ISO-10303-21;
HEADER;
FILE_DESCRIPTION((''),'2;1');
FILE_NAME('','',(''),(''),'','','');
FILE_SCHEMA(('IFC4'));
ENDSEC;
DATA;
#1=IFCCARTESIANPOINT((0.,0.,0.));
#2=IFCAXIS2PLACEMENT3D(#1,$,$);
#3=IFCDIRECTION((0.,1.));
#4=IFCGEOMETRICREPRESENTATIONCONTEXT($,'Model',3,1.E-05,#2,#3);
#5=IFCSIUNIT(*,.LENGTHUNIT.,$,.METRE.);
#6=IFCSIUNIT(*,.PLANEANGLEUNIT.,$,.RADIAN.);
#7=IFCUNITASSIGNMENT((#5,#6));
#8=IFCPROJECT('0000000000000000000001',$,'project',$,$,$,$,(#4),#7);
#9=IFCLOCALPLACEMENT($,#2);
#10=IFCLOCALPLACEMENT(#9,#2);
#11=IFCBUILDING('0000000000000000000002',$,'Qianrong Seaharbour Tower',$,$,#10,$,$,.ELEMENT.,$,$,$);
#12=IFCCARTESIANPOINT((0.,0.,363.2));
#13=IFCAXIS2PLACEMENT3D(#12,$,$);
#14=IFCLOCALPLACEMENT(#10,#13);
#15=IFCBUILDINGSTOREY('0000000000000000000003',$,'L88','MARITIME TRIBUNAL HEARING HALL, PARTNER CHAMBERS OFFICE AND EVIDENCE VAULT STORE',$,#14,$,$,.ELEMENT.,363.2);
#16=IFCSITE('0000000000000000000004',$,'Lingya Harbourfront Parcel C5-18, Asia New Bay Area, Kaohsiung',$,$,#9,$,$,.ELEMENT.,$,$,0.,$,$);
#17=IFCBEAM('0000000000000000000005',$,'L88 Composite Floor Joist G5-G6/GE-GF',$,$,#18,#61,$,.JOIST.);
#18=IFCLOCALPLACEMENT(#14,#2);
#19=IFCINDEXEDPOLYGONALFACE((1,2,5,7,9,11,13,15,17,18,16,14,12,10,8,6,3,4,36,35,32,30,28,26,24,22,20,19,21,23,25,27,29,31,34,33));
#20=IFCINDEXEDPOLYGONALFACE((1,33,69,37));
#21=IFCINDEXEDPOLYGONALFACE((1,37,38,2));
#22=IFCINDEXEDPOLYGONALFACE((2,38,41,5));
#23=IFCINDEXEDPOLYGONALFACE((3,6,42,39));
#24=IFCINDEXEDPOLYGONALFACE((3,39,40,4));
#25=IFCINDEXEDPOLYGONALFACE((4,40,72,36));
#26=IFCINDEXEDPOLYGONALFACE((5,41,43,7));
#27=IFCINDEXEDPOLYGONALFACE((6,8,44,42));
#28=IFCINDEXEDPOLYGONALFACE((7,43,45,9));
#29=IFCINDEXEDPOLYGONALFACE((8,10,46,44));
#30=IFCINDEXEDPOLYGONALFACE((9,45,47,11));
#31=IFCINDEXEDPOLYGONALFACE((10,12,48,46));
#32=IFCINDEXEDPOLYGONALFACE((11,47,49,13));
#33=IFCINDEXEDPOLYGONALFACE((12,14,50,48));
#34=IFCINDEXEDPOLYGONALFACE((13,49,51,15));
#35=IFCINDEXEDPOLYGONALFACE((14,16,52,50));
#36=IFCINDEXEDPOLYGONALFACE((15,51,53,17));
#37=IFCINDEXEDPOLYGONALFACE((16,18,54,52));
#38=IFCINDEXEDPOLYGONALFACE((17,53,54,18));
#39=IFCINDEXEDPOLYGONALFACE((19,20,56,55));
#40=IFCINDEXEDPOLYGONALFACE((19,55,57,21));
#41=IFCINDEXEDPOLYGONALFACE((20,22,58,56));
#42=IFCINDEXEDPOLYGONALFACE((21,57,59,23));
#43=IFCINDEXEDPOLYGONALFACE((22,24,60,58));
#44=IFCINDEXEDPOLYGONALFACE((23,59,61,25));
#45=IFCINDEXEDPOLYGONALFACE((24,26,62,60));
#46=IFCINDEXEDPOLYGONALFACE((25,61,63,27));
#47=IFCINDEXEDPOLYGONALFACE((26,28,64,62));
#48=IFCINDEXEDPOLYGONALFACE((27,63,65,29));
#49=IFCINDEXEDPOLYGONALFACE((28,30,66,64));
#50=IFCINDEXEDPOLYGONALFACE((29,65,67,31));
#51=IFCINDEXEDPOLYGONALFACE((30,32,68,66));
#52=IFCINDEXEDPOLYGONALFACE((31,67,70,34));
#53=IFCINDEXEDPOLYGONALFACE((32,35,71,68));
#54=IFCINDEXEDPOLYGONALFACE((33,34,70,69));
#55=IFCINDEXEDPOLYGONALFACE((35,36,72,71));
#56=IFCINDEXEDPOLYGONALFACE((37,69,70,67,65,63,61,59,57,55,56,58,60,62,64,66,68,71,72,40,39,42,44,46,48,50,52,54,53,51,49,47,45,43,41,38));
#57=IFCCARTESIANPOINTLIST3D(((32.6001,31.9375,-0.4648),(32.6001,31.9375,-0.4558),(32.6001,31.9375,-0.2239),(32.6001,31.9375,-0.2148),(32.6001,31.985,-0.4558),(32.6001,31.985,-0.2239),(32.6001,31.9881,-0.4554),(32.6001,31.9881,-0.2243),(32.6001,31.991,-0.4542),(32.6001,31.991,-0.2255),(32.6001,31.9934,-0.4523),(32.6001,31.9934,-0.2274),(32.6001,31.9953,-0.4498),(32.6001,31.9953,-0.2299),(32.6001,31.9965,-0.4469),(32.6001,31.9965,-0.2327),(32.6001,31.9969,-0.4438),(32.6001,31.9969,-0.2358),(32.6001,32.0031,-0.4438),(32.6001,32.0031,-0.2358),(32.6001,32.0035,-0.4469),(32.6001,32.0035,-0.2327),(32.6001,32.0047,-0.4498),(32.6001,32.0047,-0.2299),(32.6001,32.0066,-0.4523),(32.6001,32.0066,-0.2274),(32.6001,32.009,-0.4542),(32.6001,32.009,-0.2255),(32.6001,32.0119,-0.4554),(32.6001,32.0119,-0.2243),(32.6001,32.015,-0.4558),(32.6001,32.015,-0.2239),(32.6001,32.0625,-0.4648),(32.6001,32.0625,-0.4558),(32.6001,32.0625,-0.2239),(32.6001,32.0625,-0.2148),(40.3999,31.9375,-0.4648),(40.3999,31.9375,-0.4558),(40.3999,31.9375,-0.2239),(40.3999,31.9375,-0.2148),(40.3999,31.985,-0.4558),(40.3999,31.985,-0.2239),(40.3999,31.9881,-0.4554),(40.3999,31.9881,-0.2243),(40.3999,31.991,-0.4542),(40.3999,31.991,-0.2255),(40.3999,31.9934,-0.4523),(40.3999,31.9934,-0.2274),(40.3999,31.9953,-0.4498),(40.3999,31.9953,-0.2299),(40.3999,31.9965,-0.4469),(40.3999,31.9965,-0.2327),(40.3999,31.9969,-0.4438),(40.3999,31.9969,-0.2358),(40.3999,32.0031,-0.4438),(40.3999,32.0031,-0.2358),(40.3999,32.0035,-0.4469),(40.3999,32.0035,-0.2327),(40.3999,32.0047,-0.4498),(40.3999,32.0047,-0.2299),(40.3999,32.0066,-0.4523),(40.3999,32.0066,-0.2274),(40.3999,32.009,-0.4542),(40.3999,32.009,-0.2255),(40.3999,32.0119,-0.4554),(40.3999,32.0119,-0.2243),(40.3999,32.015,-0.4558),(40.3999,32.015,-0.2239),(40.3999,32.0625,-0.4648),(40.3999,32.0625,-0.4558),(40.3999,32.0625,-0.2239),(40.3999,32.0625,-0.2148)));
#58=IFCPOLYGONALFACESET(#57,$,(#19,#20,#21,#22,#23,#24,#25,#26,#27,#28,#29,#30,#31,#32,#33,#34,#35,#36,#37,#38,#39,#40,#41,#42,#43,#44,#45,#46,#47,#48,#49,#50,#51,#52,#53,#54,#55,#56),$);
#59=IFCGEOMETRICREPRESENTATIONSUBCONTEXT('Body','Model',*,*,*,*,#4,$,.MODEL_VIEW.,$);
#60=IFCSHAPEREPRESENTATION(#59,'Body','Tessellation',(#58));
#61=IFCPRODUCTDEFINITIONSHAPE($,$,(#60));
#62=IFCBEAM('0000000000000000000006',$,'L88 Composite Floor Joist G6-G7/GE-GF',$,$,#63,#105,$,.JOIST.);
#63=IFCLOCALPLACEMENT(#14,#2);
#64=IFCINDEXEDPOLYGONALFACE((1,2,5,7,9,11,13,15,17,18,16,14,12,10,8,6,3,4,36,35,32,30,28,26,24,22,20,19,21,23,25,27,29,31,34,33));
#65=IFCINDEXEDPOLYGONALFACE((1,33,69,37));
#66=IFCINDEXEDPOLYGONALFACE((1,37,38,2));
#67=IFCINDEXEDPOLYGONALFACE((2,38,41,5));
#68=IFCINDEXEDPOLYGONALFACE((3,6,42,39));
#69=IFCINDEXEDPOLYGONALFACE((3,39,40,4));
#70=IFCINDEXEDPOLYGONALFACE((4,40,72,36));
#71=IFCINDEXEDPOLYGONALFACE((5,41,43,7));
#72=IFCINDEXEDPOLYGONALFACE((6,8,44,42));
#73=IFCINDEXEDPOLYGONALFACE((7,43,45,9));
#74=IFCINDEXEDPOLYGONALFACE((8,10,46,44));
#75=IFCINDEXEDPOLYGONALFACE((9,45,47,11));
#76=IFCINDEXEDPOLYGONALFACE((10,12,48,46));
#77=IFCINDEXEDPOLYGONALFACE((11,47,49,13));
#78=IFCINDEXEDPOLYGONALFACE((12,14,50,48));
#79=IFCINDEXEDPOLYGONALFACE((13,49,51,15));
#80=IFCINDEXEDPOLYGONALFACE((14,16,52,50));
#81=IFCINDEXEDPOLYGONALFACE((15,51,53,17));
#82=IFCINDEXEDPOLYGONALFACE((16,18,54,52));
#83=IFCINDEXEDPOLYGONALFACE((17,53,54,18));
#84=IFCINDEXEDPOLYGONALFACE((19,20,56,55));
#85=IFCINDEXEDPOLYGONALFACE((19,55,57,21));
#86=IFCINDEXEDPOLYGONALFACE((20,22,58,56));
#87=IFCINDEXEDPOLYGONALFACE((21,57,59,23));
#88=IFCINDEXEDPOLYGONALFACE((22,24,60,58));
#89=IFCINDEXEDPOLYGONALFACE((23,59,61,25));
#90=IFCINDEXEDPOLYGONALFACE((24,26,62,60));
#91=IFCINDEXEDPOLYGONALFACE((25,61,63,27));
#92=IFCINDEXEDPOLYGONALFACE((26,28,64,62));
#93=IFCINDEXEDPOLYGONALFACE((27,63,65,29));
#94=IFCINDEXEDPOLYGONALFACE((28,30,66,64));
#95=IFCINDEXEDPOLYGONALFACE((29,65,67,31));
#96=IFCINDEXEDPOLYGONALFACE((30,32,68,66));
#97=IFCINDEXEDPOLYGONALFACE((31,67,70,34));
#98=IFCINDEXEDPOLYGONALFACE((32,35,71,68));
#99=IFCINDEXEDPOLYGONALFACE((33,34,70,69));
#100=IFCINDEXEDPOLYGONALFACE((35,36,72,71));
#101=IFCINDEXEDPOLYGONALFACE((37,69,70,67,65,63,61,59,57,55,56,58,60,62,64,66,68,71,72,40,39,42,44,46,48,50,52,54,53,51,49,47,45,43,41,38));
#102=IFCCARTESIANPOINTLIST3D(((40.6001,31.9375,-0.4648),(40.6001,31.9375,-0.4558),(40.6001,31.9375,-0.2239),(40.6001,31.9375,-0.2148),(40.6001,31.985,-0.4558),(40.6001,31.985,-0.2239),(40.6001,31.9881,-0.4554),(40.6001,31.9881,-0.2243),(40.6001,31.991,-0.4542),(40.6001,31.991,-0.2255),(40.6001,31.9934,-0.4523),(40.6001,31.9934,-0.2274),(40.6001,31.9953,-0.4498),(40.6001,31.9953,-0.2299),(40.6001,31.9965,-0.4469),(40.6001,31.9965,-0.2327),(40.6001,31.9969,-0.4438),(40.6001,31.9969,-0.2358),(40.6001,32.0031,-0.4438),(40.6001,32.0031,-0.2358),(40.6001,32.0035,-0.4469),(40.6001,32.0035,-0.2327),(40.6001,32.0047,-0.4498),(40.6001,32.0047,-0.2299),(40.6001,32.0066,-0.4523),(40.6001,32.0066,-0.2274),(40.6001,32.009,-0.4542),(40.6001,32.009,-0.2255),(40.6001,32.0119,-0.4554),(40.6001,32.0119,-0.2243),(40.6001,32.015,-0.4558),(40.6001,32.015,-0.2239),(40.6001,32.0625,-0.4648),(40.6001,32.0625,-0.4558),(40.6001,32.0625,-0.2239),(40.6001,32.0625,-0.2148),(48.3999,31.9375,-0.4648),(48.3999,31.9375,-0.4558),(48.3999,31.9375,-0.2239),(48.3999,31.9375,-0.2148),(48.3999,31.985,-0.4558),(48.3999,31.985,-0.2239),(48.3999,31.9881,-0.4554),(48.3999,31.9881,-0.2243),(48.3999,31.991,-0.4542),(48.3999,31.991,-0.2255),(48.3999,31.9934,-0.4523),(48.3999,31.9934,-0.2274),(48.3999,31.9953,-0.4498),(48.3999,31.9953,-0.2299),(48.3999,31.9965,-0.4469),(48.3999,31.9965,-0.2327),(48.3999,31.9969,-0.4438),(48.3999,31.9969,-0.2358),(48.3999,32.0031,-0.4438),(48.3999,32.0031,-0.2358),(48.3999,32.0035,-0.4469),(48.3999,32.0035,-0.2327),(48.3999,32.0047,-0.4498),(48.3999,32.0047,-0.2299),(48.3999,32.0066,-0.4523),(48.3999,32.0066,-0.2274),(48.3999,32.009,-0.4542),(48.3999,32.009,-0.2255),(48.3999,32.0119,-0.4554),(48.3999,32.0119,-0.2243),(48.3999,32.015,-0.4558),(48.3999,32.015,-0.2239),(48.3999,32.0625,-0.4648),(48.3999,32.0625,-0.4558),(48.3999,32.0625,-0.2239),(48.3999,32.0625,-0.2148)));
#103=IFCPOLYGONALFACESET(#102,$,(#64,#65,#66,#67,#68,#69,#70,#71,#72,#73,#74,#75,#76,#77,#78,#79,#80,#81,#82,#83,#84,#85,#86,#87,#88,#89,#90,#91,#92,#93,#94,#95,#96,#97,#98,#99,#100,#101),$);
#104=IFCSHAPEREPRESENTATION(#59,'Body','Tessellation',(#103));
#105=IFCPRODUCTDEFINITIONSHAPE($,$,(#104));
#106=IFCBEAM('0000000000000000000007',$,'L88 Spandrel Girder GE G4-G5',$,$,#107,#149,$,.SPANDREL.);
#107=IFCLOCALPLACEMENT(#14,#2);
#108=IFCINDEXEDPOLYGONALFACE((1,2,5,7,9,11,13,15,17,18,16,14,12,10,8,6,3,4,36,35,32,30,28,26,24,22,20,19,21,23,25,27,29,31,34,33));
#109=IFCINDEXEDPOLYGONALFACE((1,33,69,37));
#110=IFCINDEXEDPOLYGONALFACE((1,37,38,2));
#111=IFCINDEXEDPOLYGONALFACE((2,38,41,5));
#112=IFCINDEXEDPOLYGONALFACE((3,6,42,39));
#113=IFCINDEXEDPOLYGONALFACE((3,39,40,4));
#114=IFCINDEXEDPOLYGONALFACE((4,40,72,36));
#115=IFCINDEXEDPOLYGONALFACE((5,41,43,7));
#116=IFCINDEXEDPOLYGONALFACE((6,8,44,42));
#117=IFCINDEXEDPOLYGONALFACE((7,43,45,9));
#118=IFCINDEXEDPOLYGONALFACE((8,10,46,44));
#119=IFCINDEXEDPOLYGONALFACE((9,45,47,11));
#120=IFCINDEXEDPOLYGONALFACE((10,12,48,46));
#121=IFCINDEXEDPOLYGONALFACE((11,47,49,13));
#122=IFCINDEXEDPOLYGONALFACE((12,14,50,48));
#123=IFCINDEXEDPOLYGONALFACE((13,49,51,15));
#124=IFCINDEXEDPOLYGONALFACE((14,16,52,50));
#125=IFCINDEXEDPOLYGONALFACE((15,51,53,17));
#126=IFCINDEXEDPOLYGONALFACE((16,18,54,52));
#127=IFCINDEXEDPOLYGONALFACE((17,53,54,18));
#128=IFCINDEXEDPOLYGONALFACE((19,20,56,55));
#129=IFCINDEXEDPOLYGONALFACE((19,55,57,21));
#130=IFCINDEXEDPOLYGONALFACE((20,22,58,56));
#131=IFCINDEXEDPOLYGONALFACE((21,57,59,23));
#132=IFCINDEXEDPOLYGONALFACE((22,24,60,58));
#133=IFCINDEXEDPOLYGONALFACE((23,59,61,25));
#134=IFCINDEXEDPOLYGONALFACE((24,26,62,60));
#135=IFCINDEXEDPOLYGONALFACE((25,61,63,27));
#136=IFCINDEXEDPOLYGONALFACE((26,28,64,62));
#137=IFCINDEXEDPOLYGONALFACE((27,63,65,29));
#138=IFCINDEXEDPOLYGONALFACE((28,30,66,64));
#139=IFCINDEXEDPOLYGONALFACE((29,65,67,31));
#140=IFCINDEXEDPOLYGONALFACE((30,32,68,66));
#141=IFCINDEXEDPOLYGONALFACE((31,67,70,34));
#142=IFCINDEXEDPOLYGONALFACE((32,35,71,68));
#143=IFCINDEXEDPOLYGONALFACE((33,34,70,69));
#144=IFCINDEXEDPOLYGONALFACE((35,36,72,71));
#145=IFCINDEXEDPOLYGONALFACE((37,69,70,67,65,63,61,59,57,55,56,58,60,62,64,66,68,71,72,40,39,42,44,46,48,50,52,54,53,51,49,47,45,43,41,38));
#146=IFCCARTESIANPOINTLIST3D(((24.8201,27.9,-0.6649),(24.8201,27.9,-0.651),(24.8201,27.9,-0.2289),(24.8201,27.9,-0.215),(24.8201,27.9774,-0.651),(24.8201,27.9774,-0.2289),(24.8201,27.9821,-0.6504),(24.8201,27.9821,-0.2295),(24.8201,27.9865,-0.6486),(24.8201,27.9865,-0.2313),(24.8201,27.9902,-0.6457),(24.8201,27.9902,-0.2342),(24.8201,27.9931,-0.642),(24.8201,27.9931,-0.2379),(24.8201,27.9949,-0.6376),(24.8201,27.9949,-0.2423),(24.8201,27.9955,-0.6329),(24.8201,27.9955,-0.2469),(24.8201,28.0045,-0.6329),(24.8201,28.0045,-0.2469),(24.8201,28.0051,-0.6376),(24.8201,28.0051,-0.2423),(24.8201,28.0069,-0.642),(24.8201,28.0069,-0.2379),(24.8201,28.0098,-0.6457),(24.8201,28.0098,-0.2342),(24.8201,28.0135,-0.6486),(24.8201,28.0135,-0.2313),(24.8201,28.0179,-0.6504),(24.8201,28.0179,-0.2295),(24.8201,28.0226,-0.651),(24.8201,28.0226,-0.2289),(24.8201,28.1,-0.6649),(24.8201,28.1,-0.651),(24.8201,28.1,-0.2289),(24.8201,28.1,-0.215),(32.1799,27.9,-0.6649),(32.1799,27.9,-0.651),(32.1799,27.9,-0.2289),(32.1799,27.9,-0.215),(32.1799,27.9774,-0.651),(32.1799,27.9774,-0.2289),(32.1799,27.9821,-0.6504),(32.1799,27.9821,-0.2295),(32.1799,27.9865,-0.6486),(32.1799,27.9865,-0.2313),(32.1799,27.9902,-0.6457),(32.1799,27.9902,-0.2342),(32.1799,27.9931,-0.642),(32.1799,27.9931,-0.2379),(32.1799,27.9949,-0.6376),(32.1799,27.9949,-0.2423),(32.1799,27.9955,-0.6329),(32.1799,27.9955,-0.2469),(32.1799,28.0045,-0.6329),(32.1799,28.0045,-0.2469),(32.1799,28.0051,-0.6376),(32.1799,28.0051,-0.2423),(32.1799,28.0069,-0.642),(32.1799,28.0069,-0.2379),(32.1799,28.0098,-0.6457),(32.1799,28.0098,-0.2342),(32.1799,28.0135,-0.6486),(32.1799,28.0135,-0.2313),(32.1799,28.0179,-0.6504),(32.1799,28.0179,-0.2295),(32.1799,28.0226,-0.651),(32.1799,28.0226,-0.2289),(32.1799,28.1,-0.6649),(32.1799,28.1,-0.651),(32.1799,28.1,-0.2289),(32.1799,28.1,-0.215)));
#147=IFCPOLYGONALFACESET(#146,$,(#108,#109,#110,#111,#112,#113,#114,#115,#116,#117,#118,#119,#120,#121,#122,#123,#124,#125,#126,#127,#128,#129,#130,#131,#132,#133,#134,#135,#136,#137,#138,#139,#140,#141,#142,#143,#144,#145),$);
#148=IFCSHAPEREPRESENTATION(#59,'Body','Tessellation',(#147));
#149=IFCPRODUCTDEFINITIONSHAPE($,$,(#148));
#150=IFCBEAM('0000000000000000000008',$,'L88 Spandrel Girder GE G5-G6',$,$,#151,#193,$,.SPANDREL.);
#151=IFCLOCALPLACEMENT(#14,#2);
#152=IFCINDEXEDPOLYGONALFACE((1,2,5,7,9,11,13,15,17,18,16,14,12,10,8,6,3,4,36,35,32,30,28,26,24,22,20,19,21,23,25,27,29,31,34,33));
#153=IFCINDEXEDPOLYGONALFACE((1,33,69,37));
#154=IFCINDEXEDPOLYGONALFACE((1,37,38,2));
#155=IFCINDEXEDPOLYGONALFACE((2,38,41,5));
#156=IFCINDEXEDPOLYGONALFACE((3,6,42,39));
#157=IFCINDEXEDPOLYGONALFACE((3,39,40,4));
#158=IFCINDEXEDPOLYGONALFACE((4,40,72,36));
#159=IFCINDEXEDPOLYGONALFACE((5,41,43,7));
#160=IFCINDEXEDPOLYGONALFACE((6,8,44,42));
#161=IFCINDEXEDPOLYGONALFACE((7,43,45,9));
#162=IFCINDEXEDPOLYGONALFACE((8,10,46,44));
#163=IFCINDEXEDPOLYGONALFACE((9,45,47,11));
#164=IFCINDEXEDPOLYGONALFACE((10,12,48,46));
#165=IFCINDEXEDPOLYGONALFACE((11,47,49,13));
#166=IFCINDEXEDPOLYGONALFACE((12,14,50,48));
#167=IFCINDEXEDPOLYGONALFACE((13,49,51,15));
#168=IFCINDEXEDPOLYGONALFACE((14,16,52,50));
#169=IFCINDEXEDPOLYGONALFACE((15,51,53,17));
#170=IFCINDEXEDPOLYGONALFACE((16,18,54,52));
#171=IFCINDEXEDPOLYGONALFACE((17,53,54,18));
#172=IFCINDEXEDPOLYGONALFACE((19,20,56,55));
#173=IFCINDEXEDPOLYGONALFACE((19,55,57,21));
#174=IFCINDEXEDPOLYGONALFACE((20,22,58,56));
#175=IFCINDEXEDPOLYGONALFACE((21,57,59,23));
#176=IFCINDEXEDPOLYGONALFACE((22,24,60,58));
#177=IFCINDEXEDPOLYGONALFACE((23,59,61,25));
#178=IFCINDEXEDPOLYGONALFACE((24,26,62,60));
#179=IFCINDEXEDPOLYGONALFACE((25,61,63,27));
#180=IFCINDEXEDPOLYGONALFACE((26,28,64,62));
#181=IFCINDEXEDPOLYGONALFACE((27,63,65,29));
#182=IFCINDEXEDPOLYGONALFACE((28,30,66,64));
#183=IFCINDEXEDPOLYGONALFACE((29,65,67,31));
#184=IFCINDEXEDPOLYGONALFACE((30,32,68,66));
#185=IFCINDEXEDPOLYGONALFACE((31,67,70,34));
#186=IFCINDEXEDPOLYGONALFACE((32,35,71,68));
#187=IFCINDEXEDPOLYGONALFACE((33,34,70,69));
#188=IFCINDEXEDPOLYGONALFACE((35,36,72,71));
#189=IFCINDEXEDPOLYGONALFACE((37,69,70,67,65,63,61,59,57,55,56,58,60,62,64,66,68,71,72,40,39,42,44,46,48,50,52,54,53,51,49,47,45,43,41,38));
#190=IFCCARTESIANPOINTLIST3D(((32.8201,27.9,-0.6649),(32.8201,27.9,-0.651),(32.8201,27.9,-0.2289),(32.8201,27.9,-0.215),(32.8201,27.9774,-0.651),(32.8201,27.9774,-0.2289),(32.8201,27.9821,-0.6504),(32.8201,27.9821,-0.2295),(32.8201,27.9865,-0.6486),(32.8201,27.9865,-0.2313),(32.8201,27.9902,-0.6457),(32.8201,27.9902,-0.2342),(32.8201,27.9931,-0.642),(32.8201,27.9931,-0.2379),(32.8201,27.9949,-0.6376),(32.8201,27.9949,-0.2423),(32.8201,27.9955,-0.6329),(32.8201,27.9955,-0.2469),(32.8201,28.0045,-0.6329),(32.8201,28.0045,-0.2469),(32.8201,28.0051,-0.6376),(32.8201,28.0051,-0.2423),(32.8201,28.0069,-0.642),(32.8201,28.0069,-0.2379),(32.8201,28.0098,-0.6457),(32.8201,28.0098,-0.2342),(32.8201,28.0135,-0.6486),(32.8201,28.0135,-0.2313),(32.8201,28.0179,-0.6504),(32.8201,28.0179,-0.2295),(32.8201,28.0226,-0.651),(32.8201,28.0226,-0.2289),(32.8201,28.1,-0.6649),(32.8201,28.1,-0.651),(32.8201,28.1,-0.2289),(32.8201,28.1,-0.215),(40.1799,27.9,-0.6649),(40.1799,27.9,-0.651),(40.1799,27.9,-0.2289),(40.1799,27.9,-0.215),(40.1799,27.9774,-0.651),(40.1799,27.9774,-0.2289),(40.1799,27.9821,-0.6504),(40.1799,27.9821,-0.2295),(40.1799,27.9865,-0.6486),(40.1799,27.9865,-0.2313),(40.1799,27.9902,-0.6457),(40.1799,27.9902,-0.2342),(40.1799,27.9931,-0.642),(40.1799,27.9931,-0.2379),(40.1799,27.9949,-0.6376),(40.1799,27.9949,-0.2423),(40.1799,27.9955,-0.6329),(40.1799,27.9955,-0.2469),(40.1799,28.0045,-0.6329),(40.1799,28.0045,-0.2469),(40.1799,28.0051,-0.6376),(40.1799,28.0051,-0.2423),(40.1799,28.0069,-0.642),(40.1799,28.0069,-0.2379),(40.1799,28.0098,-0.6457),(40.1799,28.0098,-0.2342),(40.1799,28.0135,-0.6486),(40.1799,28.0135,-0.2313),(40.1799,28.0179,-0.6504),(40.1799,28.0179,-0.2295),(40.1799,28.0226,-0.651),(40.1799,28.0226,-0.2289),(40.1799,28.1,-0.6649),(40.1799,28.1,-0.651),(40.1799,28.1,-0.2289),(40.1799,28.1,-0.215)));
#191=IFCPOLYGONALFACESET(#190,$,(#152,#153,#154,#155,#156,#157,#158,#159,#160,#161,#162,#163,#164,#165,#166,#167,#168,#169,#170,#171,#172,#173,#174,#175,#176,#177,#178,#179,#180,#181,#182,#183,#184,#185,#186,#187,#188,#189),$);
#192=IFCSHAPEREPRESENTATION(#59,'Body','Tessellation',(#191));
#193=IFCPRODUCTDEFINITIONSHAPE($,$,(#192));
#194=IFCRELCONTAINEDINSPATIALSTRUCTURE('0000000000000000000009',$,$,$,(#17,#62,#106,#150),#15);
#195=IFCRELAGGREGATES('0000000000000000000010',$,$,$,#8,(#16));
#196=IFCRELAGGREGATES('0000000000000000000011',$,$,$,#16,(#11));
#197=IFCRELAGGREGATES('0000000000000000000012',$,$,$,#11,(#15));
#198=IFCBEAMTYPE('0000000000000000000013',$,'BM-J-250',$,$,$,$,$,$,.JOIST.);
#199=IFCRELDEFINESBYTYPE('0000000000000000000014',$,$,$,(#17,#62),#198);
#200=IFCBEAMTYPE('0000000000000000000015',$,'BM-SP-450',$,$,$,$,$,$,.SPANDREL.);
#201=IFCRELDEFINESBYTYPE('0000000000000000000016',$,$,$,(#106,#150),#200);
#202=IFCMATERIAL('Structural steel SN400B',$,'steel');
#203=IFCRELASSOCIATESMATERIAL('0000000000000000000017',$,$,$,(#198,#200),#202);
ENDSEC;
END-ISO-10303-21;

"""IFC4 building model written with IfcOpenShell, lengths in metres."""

from ifc_helpers import new_model, si_unit, direction, frame, origin, origin_2d, place, context, subcontext, project, spatial, i_section, extrude, material, material_profile, profile_set, type_object, element, save


model = new_model("IFC4")

# Units and contexts
model_context = context("Model", 3, precision=1e-05, world=origin(), true_north=direction((0.0, 1.0)))
body_context = subcontext(model_context, "Body", "Model", "MODEL_VIEW")
ifc_project = project(units=[si_unit("LENGTHUNIT", "METRE"), si_unit("PLANEANGLEUNIT", "RADIAN")], contexts=[model_context])

# Site, building, storey
site_placement = place(None, origin())
site = spatial("IfcSite", under=ifc_project, at=site_placement, Name="Lingya Harbourfront Parcel C5-18, Asia New Bay Area, Kaohsiung", CompositionType="ELEMENT", RefElevation=0.0)
building_placement = place(site_placement, origin())
building = spatial("IfcBuilding", under=site, at=building_placement, Name="Qianrong Seaharbour Tower", CompositionType="ELEMENT")
storey_placement = place(building_placement, frame((0.0, 0.0, 363.2)))
storey = spatial("IfcBuildingStorey", under=building, at=storey_placement, Name="L88", Description="MARITIME TRIBUNAL HEARING HALL, PARTNER CHAMBERS OFFICE AND EVIDENCE VAULT STORE", CompositionType="ELEMENT", Elevation=363.2)

# Beams
ifc_material_1 = material(Name="Structural steel SN400B", Category="steel")
ifc_material_profile_1 = material_profile(ifc_material_1, i_section(OverallWidth=0.125, OverallDepth=0.25, WebThickness=0.0061, FlangeThickness=0.009, FilletRadius=0.012, at=origin_2d()), Name="H250x125x6x9")
ifc_profile_set_1 = profile_set([ifc_material_profile_1], Name="Structural steel SN400B")
beam_type_1 = type_object("IfcBeamType", Name="BM-J-250", PredefinedType="JOIST", material=ifc_profile_set_1)
for number, where, z_axis, x_axis, name in (
    (1, (32.6001, 32.0, -0.3398), (1.0, 0.0, 0.0), (0.0, 1.0, 0.0), "L88 Composite Floor Joist G5-G6/GE-GF"),
    (2, (40.6001, 32.0, -0.3398), (1.0, 0.0, 0.0), (0.0, 1.0, 0.0), "L88 Composite Floor Joist G6-G7/GE-GF"),
):
    element("IfcBeam", number, at=place(storey_placement, frame(where, z_axis=z_axis, x_axis=x_axis)), inside=storey, type_object=beam_type_1, Name=name, PredefinedType="JOIST", context=body_context, shape_type="SweptSolid", body=[
        extrude(i_section(OverallWidth=0.125, OverallDepth=0.25, WebThickness=0.0061, FlangeThickness=0.009, FilletRadius=0.012, at=origin_2d()), origin(), (0.0, 0.0, 1.0), 7.7998),
    ])
ifc_material_profile_2 = material_profile(ifc_material_1, i_section(OverallWidth=0.2, OverallDepth=0.45, WebThickness=0.009, FlangeThickness=0.0139, FilletRadius=0.0181, at=origin_2d()), Name="H450x200x9x14")
ifc_profile_set_2 = profile_set([ifc_material_profile_2], Name="Structural steel SN400B")
beam_type_2 = type_object("IfcBeamType", Name="BM-SP-450", PredefinedType="SPANDREL", material=ifc_profile_set_2)
for number, where, z_axis, x_axis, name in (
    (3, (24.8201, 28.0, -0.4399), (1.0, 0.0, 0.0), (0.0, 1.0, 0.0), "L88 Spandrel Girder GE G4-G5"),
    (4, (32.8201, 28.0, -0.4399), (1.0, 0.0, 0.0), (0.0, 1.0, 0.0), "L88 Spandrel Girder GE G5-G6"),
):
    element("IfcBeam", number, at=place(storey_placement, frame(where, z_axis=z_axis, x_axis=x_axis)), inside=storey, type_object=beam_type_2, Name=name, PredefinedType="SPANDREL", context=body_context, shape_type="SweptSolid", body=[
        extrude(i_section(OverallWidth=0.2, OverallDepth=0.45, WebThickness=0.009, FlangeThickness=0.0139, FilletRadius=0.0181, at=origin_2d()), origin(), (0.0, 0.0, 1.0), 7.3599),
    ])

save(model, "model.ifc")
